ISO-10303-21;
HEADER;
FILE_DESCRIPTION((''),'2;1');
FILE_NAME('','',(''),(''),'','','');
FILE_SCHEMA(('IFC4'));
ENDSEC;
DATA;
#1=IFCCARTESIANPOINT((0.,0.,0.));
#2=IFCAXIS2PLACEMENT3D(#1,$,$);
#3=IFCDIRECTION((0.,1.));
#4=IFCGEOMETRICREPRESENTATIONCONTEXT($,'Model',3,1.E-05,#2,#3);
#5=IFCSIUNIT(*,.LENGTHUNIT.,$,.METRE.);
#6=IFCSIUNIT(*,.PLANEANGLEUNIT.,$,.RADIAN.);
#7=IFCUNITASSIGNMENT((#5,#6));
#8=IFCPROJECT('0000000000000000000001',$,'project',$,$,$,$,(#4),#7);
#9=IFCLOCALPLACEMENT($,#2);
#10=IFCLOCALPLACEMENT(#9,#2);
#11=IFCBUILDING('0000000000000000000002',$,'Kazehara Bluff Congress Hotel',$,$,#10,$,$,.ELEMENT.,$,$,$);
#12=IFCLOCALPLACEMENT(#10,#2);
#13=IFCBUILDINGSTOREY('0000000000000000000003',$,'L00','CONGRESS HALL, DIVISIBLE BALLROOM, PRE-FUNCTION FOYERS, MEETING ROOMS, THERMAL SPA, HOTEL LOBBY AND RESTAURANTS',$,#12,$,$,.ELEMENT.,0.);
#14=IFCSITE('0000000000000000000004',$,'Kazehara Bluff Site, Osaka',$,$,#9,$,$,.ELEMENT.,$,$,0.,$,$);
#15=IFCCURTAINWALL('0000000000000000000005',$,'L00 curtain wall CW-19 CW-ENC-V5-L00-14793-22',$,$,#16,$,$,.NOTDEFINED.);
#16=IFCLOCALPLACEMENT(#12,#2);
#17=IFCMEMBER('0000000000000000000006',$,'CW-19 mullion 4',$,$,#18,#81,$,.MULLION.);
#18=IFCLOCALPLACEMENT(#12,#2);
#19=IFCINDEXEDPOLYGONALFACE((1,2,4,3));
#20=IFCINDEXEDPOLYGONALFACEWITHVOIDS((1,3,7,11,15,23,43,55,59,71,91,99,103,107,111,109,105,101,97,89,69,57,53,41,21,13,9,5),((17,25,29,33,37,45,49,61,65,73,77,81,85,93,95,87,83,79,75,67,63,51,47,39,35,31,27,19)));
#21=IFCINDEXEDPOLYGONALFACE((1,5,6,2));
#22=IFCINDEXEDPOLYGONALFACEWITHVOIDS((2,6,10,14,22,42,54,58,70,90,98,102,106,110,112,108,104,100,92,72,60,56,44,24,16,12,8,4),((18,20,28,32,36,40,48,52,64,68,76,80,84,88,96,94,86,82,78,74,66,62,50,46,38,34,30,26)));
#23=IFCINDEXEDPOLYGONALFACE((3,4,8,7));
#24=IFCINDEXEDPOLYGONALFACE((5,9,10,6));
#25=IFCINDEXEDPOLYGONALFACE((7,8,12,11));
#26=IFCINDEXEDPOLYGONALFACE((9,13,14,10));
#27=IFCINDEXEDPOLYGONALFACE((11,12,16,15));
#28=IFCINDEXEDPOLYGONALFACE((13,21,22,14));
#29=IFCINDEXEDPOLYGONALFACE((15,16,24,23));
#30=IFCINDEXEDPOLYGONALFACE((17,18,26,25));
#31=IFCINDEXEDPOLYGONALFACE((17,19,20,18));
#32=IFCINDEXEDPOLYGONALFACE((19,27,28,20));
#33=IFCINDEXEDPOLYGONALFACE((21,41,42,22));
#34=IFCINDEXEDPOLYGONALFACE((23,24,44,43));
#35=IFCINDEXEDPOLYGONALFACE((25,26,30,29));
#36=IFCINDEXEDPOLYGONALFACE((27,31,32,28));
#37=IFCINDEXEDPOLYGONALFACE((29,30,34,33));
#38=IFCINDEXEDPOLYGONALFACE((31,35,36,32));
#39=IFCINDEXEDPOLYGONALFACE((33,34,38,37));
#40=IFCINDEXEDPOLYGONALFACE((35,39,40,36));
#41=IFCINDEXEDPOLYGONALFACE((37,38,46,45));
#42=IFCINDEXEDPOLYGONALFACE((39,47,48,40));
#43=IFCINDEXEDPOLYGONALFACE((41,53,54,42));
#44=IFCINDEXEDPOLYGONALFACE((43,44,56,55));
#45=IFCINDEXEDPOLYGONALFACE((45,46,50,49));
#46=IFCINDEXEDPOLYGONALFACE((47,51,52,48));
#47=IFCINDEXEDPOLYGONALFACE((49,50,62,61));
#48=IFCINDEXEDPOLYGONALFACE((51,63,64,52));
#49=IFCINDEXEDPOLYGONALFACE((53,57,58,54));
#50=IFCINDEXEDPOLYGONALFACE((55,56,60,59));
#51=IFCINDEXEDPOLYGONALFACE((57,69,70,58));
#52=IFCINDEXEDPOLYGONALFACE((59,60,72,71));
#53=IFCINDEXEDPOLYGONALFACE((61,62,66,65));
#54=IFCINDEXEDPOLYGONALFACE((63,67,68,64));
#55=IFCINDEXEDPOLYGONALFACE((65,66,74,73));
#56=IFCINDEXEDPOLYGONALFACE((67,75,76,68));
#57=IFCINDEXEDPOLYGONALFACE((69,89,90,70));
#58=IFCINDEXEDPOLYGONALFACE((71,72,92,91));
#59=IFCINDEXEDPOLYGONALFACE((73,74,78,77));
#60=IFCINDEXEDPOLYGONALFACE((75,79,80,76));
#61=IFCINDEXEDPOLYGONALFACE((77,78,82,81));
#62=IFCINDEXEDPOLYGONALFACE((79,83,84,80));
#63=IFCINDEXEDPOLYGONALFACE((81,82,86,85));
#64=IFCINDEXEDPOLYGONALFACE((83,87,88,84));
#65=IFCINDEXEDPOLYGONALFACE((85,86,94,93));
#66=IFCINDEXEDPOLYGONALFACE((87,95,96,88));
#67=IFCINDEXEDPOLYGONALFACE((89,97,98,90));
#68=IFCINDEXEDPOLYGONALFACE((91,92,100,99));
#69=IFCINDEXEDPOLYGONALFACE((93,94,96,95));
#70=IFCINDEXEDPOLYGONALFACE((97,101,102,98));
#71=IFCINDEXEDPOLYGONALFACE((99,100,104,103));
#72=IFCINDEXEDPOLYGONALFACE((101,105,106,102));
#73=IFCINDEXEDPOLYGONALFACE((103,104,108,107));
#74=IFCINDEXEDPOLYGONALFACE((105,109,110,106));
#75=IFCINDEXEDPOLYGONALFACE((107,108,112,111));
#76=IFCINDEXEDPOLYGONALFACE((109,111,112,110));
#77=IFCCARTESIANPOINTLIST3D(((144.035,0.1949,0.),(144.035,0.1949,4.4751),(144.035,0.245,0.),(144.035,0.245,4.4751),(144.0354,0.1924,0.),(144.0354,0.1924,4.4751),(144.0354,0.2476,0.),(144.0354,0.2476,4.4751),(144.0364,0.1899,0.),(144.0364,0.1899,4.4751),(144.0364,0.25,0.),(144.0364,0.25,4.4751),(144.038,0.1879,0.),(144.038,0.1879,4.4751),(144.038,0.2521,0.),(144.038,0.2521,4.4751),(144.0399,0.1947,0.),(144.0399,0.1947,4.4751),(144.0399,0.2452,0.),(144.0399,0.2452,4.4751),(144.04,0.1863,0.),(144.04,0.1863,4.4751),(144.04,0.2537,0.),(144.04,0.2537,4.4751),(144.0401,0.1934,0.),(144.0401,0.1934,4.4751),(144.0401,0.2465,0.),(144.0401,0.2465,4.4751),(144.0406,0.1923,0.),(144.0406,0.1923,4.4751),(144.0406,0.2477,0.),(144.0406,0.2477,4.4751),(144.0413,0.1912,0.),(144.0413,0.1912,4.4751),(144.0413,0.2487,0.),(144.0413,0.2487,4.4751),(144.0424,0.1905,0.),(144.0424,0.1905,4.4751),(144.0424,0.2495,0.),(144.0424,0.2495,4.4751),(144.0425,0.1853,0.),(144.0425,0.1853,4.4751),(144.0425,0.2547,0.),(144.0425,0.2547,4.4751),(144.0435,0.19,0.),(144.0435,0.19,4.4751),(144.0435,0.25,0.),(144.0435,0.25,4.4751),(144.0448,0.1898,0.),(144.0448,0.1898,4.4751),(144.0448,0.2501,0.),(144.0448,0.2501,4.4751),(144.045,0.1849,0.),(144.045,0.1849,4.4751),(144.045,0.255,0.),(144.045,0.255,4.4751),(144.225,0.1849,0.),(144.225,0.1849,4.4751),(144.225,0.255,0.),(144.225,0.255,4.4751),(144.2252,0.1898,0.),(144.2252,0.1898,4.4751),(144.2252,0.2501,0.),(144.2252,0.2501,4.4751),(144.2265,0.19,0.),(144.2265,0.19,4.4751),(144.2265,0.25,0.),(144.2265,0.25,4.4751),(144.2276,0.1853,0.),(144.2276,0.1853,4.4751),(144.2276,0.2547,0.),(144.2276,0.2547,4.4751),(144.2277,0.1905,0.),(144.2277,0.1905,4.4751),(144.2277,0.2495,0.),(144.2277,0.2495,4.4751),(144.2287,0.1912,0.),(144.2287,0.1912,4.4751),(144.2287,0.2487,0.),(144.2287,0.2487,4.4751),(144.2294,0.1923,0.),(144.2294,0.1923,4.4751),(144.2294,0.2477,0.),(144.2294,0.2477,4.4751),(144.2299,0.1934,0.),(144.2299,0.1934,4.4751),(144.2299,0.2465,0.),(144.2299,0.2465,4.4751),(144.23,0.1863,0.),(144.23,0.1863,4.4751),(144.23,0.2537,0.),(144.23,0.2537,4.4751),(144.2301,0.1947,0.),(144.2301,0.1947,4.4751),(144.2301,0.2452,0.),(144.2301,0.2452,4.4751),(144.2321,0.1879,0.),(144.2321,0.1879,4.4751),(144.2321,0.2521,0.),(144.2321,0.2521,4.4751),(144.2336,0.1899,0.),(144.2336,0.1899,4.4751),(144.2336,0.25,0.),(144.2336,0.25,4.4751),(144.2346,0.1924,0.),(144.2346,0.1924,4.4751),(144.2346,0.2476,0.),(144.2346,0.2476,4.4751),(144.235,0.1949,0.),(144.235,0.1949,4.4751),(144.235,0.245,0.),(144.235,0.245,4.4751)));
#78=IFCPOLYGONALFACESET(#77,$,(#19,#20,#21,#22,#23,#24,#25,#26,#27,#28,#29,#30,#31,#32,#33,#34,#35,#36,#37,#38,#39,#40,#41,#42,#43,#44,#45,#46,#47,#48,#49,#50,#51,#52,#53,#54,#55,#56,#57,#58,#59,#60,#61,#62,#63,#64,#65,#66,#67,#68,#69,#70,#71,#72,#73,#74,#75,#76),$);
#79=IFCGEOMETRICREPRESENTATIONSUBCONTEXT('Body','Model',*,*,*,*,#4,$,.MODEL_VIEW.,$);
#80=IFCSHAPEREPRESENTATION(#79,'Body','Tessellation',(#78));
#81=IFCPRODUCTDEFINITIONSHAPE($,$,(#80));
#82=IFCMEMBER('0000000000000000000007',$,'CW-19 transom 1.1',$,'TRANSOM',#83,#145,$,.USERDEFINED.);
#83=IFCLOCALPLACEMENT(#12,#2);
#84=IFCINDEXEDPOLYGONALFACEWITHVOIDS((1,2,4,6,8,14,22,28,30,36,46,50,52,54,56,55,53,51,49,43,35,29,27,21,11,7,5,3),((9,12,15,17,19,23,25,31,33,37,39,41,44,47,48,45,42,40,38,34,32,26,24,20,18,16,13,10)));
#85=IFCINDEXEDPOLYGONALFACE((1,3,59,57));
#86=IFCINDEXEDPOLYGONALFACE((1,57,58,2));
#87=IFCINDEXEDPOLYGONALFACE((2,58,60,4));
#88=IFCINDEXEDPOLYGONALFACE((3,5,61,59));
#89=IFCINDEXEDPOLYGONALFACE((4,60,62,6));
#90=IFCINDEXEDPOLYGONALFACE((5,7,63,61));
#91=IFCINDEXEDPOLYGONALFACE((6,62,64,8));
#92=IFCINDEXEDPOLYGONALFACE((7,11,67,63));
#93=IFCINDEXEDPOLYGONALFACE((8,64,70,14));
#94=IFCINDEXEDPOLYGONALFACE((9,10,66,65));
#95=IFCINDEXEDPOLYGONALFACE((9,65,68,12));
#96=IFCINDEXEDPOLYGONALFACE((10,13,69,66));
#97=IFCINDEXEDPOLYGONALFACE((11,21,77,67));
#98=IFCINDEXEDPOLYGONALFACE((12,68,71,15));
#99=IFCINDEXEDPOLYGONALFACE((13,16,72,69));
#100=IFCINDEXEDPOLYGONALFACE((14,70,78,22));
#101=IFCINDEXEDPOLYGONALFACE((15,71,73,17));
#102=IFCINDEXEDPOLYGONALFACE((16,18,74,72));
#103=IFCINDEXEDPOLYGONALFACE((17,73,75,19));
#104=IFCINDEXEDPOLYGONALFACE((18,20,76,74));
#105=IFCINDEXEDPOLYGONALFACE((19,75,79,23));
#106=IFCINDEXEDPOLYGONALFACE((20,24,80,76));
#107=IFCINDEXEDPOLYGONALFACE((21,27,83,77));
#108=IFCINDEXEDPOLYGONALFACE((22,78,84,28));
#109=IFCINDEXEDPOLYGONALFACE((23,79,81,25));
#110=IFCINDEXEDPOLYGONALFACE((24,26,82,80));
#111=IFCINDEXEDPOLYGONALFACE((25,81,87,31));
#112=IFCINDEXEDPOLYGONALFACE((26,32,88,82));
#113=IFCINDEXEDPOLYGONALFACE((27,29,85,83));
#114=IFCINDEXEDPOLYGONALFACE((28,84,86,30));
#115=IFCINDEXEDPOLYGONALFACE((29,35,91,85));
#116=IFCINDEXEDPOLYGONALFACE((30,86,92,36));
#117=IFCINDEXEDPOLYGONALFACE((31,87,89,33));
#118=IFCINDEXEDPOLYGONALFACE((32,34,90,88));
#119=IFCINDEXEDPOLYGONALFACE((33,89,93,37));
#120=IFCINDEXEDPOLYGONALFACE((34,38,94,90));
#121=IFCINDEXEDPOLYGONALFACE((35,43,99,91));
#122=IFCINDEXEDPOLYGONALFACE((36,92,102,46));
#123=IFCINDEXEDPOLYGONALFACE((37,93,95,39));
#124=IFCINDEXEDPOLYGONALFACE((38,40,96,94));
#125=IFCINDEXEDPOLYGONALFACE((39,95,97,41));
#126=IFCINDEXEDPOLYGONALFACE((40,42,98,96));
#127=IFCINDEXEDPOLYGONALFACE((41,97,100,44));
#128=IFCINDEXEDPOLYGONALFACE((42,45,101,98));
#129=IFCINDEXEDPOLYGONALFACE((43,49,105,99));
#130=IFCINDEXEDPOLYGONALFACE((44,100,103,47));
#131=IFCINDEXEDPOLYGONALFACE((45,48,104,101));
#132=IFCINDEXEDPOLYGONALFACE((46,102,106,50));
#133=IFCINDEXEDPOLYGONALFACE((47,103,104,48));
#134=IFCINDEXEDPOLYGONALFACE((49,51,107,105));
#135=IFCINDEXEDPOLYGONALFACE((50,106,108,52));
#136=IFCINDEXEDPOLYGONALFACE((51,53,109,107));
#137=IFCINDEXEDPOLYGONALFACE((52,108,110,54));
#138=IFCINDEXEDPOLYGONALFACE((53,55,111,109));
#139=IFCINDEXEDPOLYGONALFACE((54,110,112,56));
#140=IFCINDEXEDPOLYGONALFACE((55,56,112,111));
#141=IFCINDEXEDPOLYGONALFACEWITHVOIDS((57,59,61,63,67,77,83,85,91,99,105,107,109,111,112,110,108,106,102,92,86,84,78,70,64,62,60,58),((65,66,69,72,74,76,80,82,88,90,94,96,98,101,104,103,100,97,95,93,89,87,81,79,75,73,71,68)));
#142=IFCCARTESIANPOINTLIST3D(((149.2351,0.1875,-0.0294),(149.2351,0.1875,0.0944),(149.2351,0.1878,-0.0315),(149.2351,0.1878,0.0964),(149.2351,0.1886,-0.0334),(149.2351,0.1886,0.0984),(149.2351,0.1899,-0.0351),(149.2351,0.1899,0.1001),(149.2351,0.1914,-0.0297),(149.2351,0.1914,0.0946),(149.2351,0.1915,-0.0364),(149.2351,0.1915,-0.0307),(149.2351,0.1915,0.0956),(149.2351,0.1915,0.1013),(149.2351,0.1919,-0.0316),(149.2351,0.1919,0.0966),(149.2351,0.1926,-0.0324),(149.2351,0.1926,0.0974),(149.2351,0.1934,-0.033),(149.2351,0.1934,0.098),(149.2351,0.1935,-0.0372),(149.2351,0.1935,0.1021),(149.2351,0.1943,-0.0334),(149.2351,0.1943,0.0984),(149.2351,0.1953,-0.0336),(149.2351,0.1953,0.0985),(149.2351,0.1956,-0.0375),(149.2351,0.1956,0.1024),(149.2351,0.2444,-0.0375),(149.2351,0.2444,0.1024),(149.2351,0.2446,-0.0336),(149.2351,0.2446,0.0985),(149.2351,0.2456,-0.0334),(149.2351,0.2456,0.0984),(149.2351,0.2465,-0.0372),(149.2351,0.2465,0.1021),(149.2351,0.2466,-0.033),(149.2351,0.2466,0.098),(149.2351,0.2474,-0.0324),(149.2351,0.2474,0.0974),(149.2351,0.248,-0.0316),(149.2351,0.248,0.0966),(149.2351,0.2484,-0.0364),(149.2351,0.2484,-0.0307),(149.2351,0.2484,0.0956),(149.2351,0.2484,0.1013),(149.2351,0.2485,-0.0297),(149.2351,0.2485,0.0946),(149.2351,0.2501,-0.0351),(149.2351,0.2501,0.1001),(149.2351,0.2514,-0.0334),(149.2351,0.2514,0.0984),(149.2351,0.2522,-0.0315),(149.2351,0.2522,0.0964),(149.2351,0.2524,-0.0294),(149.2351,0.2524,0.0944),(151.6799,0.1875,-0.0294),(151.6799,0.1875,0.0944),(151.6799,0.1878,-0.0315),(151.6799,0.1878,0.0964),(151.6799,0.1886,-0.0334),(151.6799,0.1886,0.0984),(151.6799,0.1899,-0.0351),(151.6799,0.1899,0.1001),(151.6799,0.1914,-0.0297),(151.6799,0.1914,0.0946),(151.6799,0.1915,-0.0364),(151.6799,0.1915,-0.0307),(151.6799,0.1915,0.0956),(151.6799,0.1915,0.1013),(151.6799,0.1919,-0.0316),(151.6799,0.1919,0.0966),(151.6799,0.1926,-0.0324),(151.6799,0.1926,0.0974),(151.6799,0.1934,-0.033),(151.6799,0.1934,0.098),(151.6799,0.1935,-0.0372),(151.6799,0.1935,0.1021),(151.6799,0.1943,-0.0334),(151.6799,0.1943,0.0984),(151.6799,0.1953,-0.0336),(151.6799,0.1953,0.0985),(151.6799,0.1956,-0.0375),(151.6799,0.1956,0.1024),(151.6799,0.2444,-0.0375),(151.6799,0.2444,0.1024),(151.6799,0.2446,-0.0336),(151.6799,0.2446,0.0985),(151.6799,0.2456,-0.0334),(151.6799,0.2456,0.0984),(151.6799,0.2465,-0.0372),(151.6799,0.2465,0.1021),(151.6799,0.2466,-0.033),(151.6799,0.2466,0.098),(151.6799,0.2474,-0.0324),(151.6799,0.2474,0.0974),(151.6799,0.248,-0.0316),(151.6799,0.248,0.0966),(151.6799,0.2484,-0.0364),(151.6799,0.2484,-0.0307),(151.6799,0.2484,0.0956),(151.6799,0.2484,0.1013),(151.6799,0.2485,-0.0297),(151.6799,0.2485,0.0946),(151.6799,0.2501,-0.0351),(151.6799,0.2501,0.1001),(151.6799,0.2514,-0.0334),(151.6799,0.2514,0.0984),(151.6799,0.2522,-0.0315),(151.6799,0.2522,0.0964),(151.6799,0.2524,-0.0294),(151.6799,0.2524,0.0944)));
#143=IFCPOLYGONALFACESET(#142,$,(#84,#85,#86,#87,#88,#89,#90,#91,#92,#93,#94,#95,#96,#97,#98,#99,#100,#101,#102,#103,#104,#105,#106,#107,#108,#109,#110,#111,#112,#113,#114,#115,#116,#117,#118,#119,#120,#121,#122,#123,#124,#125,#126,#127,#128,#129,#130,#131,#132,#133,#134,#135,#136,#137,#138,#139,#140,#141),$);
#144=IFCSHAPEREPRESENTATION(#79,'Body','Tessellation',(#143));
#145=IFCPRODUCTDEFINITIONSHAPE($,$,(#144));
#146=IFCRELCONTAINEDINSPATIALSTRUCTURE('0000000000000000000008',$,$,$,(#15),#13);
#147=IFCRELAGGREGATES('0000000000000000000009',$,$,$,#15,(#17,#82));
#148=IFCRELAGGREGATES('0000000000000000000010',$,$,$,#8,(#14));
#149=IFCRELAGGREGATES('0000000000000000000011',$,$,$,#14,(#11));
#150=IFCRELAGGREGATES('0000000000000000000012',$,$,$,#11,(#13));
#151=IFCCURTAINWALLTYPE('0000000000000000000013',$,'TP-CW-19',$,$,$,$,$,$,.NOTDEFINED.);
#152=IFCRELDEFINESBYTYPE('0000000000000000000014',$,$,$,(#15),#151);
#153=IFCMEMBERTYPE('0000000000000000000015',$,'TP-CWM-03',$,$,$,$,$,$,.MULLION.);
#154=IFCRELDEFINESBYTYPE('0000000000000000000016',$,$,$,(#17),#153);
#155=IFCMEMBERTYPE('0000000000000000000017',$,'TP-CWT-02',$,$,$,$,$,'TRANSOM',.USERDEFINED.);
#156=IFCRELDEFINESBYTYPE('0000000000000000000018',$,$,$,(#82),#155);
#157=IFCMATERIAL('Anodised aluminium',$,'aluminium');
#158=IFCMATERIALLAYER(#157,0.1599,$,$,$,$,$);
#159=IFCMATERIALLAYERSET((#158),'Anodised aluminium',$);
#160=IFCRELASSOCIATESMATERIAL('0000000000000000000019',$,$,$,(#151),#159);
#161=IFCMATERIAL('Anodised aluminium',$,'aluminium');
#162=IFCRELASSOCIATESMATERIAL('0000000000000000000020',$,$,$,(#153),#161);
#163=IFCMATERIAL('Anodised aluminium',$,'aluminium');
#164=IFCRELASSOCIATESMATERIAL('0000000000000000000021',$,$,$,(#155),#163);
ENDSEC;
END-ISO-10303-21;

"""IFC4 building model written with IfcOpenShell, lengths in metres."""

from ifc_helpers import new_model, si_unit, direction, frame, origin, origin_2d, place, context, subcontext, project, spatial, hollow_rectangle, extrude, material, layer, layer_set, material_profile, profile_set, type_object, element, aggregate, save


model = new_model("IFC4")

# Units and contexts
model_context = context("Model", 3, precision=1e-05, world=origin(), true_north=direction((0.0, 1.0)))
body_context = subcontext(model_context, "Body", "Model", "MODEL_VIEW")
ifc_project = project(units=[si_unit("LENGTHUNIT", "METRE"), si_unit("PLANEANGLEUNIT", "RADIAN")], contexts=[model_context])

# Site, building, storey
site_placement = place(None, origin())
site = spatial("IfcSite", under=ifc_project, at=site_placement, Name="Kazehara Bluff Site, Osaka", CompositionType="ELEMENT", RefElevation=0.0)
building_placement = place(site_placement, origin())
building = spatial("IfcBuilding", under=site, at=building_placement, Name="Kazehara Bluff Congress Hotel", CompositionType="ELEMENT")
storey_placement = place(building_placement, origin())
storey = spatial("IfcBuildingStorey", under=building, at=storey_placement, Name="L00", Description="CONGRESS HALL, DIVISIBLE BALLROOM, PRE-FUNCTION FOYERS, MEETING ROOMS, THERMAL SPA, HOTEL LOBBY AND RESTAURANTS", CompositionType="ELEMENT", Elevation=0.0)

# Curtain wall, members
ifc_material_1 = material(Name="Anodised aluminium", Category="aluminium")
ifc_layer_1 = layer(ifc_material_1, 0.1599)
ifc_layer_set_1 = layer_set([ifc_layer_1], Name="Anodised aluminium")
curtain_wall_type = type_object("IfcCurtainWallType", Name="TP-CW-19", PredefinedType="NOTDEFINED", material=ifc_layer_set_1)
curtain_wall_placement = place(storey_placement, origin())
curtain_wall = element("IfcCurtainWall", 1, at=curtain_wall_placement, inside=storey, type_object=curtain_wall_type, Name="L00 curtain wall CW-19 CW-ENC-V5-L00-14793-22", PredefinedType="NOTDEFINED")
ifc_material_2 = material(Name="Anodised aluminium", Category="aluminium")
ifc_material_profile_1 = material_profile(ifc_material_2, hollow_rectangle(XDim=0.0701, YDim=0.2, WallThickness=0.0049, InnerFilletRadius=0.0049, OuterFilletRadius=0.01, at=origin_2d()))
ifc_profile_set_1 = profile_set([ifc_material_profile_1], Name="Anodised aluminium")
member_type_1 = type_object("IfcMemberType", Name="TP-CWM-03", PredefinedType="MULLION", material=ifc_profile_set_1)
member_1_placement = place(storey_placement, frame((144.135, 0.22, 0.0), z_axis=(0.0, 0.0, 1.0), x_axis=(0.0, -1.0, 0.0)))
member_1 = element("IfcMember", 2, at=member_1_placement, type_object=member_type_1, Name="CW-19 mullion 4", PredefinedType="MULLION", context=body_context, shape_type="SweptSolid", body=[
    extrude(hollow_rectangle(XDim=0.0701, YDim=0.2, WallThickness=0.0049, InnerFilletRadius=0.0049, OuterFilletRadius=0.01, at=origin_2d()), origin(), (0.0, 0.0, 1.0), 4.4751),
])
ifc_material_3 = material(Name="Anodised aluminium", Category="aluminium")
ifc_material_profile_2 = material_profile(ifc_material_3, hollow_rectangle(XDim=0.0649, YDim=0.1399, WallThickness=0.0039, InnerFilletRadius=0.0039, OuterFilletRadius=0.0081, at=origin_2d()))
ifc_profile_set_2 = profile_set([ifc_material_profile_2], Name="Anodised aluminium")
member_type_2 = type_object("IfcMemberType", Name="TP-CWT-02", ElementType="TRANSOM", PredefinedType="USERDEFINED", material=ifc_profile_set_2)
member_2_placement = place(storey_placement, frame((151.6799, 0.22, 0.0325), z_axis=(-1.0, 0.0, 0.0), x_axis=(0.0, -1.0, 0.0)))
member_2 = element("IfcMember", 3, at=member_2_placement, type_object=member_type_2, Name="CW-19 transom 1.1", ObjectType="TRANSOM", PredefinedType="USERDEFINED", context=body_context, shape_type="SweptSolid", body=[
    extrude(hollow_rectangle(XDim=0.0649, YDim=0.1399, WallThickness=0.0039, InnerFilletRadius=0.0039, OuterFilletRadius=0.0081, at=origin_2d()), origin(), (0.0, 0.0, 1.0), 2.4448),
])

aggregate(curtain_wall, [member_1, member_2])

save(model, "model.ifc")
